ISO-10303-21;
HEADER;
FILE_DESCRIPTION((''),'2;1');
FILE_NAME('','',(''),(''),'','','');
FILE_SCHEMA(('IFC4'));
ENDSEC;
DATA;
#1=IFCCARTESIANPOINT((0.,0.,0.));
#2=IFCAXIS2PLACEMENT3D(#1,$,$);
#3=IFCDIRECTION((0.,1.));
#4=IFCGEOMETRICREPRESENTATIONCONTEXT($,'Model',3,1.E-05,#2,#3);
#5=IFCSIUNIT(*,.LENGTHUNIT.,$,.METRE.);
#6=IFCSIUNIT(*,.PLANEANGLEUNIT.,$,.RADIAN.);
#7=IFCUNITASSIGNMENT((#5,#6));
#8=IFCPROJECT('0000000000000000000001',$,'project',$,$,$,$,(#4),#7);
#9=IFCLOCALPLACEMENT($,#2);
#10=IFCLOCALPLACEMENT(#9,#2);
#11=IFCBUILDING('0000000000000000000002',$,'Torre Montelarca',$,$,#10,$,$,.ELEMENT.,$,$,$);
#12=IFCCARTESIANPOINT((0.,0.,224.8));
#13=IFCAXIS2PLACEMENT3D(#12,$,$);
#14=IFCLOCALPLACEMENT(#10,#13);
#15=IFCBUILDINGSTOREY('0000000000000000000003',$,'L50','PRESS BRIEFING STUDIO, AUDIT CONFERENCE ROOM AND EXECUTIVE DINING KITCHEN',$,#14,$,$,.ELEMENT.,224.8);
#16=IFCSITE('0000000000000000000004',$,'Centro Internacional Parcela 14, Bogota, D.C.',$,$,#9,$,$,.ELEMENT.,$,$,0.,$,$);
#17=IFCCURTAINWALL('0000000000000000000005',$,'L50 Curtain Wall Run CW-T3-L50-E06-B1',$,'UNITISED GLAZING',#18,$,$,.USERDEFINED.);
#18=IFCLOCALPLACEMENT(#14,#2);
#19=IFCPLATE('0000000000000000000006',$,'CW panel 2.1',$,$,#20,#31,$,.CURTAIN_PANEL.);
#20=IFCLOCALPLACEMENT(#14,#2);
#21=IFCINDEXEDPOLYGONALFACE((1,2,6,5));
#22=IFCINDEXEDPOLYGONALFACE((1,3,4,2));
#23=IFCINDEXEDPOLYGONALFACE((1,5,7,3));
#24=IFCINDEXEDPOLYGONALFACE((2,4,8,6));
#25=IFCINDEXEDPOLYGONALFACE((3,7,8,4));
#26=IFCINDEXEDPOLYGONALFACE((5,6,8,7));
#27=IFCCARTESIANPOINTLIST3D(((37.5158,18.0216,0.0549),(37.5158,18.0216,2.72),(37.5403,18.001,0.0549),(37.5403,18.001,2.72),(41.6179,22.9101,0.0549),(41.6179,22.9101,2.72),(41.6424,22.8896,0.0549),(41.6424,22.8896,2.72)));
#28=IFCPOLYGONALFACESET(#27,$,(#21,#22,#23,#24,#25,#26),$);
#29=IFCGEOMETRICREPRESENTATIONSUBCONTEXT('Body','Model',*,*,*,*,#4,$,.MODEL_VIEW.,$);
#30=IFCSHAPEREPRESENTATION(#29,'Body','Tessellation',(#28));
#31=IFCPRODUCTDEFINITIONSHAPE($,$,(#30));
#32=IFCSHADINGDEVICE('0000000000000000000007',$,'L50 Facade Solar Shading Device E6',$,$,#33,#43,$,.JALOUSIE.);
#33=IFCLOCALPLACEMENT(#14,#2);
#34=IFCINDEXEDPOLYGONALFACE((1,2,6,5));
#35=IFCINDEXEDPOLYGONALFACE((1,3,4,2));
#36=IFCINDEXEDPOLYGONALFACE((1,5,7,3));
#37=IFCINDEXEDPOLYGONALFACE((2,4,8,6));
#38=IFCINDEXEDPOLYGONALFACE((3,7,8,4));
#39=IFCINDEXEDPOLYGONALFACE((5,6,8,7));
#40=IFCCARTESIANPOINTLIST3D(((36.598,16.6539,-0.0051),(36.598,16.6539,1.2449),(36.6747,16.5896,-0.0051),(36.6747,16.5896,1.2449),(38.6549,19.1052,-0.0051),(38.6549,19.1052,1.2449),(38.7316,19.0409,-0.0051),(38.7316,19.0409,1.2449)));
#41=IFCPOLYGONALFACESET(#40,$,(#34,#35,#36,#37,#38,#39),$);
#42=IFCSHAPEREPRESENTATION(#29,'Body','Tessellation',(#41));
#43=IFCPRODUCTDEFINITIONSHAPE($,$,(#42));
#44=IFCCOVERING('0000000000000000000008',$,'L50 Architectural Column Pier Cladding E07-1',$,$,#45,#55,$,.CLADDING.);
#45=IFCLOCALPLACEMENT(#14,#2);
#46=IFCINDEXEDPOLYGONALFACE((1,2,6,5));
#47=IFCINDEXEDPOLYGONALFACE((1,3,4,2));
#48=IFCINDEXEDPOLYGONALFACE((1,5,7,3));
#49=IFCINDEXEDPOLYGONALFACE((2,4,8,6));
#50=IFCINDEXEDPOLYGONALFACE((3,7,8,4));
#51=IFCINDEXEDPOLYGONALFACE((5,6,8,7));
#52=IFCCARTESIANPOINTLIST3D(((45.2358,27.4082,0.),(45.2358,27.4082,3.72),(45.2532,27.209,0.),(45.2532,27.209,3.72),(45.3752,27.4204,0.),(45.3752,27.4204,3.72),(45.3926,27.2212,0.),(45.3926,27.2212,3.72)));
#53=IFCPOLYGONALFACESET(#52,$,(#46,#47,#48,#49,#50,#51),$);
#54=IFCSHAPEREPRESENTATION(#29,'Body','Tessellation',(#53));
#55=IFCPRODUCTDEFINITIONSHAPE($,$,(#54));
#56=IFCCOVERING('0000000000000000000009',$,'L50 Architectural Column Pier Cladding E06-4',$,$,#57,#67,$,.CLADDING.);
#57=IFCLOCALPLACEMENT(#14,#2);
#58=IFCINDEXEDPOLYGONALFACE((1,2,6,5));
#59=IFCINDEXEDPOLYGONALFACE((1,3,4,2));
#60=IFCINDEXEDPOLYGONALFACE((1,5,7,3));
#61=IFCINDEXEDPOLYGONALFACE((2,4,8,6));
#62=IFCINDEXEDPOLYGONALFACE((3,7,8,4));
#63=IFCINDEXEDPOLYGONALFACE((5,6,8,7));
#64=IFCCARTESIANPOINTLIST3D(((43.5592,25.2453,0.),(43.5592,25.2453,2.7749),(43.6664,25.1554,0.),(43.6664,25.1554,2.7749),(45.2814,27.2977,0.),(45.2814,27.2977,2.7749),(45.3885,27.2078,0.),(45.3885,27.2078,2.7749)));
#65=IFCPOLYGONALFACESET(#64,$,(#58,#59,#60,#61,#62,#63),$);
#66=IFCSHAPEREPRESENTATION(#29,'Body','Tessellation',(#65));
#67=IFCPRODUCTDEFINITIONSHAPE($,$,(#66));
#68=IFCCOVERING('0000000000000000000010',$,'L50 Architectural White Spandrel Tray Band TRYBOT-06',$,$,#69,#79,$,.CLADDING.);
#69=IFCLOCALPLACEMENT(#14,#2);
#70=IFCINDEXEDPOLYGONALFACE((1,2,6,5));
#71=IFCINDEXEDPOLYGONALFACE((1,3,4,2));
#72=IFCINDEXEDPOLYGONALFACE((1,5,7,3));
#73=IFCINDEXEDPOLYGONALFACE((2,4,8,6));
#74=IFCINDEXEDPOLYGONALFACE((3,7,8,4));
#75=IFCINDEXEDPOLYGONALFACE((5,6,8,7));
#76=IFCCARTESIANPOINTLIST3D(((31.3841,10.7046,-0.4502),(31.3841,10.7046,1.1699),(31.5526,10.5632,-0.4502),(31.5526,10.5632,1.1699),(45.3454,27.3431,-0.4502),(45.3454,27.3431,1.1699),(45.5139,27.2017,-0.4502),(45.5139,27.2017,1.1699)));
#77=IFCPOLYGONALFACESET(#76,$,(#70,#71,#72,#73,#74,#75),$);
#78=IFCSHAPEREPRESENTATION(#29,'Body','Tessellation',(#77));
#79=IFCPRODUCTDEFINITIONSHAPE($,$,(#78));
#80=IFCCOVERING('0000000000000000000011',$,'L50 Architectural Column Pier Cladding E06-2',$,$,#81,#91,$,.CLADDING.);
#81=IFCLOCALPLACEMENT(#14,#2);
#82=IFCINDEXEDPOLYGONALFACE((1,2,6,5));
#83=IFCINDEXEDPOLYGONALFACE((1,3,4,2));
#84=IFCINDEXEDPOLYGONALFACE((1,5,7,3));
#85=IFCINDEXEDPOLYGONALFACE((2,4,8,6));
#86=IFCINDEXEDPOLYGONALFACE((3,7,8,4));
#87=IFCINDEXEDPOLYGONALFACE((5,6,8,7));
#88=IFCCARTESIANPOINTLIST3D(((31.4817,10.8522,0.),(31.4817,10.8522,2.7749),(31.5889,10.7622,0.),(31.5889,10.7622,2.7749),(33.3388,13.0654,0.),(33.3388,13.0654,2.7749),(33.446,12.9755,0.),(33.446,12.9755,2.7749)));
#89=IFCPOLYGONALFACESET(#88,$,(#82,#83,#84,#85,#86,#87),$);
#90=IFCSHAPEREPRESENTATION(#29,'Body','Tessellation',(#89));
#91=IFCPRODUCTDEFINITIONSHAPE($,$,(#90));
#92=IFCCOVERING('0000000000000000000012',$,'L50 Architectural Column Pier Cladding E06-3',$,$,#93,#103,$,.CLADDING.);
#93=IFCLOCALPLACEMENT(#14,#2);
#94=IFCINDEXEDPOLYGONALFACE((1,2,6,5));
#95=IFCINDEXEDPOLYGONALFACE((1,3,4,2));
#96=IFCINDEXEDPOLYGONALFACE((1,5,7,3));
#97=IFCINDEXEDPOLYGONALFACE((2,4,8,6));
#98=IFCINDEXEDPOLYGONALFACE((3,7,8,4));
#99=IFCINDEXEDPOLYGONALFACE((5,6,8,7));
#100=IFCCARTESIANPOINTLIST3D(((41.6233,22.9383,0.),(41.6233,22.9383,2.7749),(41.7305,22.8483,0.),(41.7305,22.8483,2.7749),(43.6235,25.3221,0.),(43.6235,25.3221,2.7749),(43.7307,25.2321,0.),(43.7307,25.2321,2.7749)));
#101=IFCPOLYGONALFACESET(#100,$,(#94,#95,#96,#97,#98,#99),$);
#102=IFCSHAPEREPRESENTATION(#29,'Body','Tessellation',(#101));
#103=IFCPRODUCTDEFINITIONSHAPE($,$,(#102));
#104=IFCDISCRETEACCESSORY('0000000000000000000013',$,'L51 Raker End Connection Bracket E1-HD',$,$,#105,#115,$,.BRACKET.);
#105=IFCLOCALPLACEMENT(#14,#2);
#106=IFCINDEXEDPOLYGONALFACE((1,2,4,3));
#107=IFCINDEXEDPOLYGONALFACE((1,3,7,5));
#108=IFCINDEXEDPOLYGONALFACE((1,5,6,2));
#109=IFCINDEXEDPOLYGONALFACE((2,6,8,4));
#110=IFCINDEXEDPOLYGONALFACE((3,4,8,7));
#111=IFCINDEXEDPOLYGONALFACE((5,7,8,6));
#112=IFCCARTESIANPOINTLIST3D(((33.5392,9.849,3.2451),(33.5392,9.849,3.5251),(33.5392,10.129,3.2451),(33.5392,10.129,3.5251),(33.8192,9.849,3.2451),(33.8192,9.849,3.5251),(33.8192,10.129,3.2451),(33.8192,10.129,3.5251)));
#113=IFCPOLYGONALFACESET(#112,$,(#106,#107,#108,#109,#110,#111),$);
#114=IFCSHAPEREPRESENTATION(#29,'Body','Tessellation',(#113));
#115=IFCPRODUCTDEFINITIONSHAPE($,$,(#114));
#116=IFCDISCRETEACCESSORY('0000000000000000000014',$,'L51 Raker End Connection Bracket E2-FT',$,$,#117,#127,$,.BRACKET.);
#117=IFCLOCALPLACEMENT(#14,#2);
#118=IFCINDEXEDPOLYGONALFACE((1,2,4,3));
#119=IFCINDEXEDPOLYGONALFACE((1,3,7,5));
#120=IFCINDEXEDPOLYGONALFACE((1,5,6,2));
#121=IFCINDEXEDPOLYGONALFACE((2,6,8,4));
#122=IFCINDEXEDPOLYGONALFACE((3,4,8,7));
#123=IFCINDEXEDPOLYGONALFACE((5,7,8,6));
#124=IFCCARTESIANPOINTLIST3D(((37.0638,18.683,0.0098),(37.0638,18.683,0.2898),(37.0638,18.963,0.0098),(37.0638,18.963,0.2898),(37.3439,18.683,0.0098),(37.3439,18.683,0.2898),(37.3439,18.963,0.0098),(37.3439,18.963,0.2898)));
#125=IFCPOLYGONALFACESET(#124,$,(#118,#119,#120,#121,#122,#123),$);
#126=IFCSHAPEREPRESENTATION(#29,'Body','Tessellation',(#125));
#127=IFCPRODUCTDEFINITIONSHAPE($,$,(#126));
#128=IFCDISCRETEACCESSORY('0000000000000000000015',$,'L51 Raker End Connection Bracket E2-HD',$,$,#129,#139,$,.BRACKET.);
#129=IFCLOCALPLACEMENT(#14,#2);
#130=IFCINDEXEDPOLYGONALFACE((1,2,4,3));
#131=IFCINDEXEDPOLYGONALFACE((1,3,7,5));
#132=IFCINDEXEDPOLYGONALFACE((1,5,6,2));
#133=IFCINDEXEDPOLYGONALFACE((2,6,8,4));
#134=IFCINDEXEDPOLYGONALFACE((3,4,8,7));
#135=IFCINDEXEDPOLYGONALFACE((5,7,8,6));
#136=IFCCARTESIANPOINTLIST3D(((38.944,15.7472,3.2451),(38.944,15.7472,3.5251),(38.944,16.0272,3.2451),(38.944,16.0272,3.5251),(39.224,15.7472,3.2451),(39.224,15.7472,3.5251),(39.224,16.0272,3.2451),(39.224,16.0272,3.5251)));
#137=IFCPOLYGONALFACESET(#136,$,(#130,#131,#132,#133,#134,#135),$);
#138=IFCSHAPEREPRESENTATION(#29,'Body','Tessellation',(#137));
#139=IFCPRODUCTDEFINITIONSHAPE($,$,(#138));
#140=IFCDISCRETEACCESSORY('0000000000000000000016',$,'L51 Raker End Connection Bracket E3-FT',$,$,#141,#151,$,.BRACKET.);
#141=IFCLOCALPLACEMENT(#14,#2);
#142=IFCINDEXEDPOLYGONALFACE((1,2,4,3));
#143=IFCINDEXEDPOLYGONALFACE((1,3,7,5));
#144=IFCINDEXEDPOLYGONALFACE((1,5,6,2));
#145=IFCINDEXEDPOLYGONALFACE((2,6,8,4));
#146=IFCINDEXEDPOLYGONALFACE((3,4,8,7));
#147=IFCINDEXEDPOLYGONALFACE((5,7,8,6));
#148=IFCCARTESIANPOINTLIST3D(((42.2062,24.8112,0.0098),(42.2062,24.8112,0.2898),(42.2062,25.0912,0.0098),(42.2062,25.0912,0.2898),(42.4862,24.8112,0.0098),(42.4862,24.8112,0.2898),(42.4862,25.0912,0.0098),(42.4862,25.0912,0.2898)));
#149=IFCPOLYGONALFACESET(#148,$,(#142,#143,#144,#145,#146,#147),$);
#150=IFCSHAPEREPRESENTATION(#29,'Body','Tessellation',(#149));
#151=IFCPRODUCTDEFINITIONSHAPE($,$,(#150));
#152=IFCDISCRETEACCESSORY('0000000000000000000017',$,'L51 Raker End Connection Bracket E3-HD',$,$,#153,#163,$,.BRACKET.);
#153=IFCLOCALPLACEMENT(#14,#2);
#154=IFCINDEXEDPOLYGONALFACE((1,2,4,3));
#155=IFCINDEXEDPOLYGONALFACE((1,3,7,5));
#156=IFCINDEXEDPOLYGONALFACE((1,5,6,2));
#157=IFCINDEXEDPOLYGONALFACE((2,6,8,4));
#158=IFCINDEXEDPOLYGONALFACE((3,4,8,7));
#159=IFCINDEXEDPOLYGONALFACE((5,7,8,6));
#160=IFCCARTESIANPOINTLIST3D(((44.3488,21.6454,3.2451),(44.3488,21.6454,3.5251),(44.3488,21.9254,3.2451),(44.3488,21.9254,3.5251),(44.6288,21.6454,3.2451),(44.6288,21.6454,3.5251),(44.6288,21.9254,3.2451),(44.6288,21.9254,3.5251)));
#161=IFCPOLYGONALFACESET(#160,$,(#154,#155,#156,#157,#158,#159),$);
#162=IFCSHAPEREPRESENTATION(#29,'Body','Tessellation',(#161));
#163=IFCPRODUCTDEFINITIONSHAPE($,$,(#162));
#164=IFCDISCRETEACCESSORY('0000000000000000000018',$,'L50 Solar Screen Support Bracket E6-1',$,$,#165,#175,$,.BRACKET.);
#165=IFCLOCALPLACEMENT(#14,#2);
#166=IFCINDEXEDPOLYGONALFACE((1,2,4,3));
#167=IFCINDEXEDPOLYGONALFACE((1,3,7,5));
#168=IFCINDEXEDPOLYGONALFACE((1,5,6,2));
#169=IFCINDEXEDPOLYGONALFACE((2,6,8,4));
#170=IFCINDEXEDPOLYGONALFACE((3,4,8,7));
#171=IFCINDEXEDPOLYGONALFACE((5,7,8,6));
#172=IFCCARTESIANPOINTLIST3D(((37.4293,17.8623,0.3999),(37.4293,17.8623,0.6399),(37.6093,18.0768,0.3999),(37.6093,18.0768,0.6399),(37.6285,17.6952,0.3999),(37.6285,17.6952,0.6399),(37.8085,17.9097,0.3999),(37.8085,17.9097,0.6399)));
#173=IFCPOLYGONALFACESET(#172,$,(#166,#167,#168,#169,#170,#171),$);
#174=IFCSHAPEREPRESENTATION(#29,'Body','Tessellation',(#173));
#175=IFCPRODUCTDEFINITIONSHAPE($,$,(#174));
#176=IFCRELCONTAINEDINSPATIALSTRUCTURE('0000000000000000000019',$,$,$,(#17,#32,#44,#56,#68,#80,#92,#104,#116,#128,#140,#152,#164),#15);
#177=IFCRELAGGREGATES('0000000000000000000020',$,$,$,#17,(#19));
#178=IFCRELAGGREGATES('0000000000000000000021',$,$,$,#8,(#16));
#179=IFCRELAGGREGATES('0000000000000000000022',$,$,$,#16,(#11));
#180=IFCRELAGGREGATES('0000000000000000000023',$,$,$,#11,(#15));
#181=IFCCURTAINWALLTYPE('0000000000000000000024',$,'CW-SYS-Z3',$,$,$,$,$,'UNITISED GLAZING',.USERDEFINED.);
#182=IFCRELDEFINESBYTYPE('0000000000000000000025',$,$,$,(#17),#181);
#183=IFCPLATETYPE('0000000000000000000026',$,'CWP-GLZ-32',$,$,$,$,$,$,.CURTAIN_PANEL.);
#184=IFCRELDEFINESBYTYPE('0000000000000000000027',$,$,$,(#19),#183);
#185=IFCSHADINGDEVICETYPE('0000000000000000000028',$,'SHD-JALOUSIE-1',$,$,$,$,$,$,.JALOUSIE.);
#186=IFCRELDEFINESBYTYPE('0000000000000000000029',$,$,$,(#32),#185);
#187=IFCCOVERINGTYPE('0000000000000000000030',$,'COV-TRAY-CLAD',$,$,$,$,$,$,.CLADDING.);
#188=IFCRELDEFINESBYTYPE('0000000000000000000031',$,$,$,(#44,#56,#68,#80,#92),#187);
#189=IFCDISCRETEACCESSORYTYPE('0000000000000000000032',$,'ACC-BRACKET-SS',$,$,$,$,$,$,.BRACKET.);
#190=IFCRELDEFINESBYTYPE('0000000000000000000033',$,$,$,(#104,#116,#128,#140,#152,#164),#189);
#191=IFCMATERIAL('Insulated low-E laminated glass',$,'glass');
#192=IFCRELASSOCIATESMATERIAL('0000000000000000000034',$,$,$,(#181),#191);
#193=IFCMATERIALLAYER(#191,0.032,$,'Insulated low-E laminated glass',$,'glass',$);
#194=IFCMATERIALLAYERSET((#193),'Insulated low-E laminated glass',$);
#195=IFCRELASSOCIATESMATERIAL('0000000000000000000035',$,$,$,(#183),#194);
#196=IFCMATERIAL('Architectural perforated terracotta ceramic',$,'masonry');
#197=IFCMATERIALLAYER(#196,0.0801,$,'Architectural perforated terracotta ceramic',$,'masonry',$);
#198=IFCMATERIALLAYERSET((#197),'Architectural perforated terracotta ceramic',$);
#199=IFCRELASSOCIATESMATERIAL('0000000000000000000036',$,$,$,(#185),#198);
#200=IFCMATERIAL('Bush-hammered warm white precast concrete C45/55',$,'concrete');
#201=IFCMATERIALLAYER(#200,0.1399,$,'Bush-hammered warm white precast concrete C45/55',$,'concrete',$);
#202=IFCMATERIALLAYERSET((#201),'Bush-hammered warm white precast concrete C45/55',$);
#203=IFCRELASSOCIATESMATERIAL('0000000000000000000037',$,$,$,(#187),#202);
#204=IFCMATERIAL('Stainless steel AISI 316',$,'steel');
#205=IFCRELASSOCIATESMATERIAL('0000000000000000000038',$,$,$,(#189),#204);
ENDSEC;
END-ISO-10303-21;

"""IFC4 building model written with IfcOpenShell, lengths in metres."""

from ifc_helpers import new_model, si_unit, direction, frame, origin, origin_2d, place, context, subcontext, project, spatial, rectangle, extrude, source, transform, mapped, material, layer, layer_set, type_object, element, aggregate, save


model = new_model("IFC4")

# Units and contexts
model_context = context("Model", 3, precision=1e-05, world=origin(), true_north=direction((0.0, 1.0)))
body_context = subcontext(model_context, "Body", "Model", "MODEL_VIEW")
ifc_project = project(units=[si_unit("LENGTHUNIT", "METRE"), si_unit("PLANEANGLEUNIT", "RADIAN")], contexts=[model_context])

# Site, building, storey
site_placement = place(None, origin())
site = spatial("IfcSite", under=ifc_project, at=site_placement, Name="Centro Internacional Parcela 14, Bogota, D.C.", CompositionType="ELEMENT", RefElevation=0.0)
building_placement = place(site_placement, origin())
building = spatial("IfcBuilding", under=site, at=building_placement, Name="Torre Montelarca", CompositionType="ELEMENT")
storey_placement = place(building_placement, frame((0.0, 0.0, 224.8)))
storey = spatial("IfcBuildingStorey", under=building, at=storey_placement, Name="L50", Description="PRESS BRIEFING STUDIO, AUDIT CONFERENCE ROOM AND EXECUTIVE DINING KITCHEN", CompositionType="ELEMENT", Elevation=224.8)

# Curtain wall
ifc_material_1 = material(Name="Insulated low-E laminated glass", Category="glass")
curtain_wall_type = type_object("IfcCurtainWallType", Name="CW-SYS-Z3", ElementType="UNITISED GLAZING", PredefinedType="USERDEFINED", material=ifc_material_1)
curtain_wall_1_placement = place(storey_placement, origin())
curtain_wall_1 = element("IfcCurtainWall", 1, at=curtain_wall_1_placement, inside=storey, type_object=curtain_wall_type, Name="L50 Curtain Wall Run CW-T3-L50-E06-B1", ObjectType="UNITISED GLAZING", PredefinedType="USERDEFINED")

# Plate
ifc_material_2 = material(Name="Architectural perforated terracotta ceramic", Category="masonry")
ifc_layer_1 = layer(ifc_material_1, 0.032, Name="Insulated low-E laminated glass", Category="glass")
ifc_layer_set_1 = layer_set([ifc_layer_1], Name="Insulated low-E laminated glass")
plate_type_1 = type_object("IfcPlateType", Name="CWP-GLZ-32", PredefinedType="CURTAIN_PANEL", material=ifc_layer_set_1)
shared_shape_1 = source(origin(), body_context, "Body", "SweptSolid", [
    extrude(rectangle(XDim=6.3816, YDim=0.032, at=origin_2d()), origin(), (0.0, 0.0, 1.0), 2.665),
])
plate_1_placement = place(storey_placement, frame((39.5791, 20.4556, 0.0549), z_axis=(0.0, 0.0, 1.0), x_axis=(0.642791, 0.766041, 0.0)))
plate_1 = element("IfcPlate", 2, at=plate_1_placement, type_object=plate_type_1, Name="CW panel 2.1", PredefinedType="CURTAIN_PANEL", context=body_context, shape_type="MappedRepresentation", body=[
    mapped(shared_shape_1, transform((0.0, 0.0, 0.0), scale=1.0)),
])
aggregate(curtain_wall_1, [plate_1])

# Shading device
ifc_layer_2 = layer(ifc_material_2, 0.0801, Name="Architectural perforated terracotta ceramic", Category="masonry")
ifc_layer_set_2 = layer_set([ifc_layer_2], Name="Architectural perforated terracotta ceramic")
shading_device_type = type_object("IfcShadingDeviceType", Name="SHD-JALOUSIE-1", PredefinedType="JALOUSIE", material=ifc_layer_set_2)
shared_shape_2 = source(origin(), body_context, "Body", "SweptSolid", [
    extrude(rectangle(XDim=3.2, YDim=0.1001, at=origin_2d()), origin(), (0.0, 0.0, 1.0), 1.25),
])
shading_device_placement = place(storey_placement, frame((37.6648, 17.8474, -0.0051), z_axis=(0.0, 0.0, 1.0), x_axis=(0.642786, 0.766046, 0.0)))
element("IfcShadingDevice", 3, at=shading_device_placement, inside=storey, type_object=shading_device_type, Name="L50 Facade Solar Shading Device E6", PredefinedType="JALOUSIE", context=body_context, shape_type="MappedRepresentation", body=[
    mapped(shared_shape_2, transform((0.0, 0.0, 0.0), scale=1.0)),
])

# Coverings
ifc_material_3 = material(Name="Bush-hammered warm white precast concrete C45/55", Category="concrete")
ifc_layer_3 = layer(ifc_material_3, 0.1399, Name="Bush-hammered warm white precast concrete C45/55", Category="concrete")
ifc_layer_set_3 = layer_set([ifc_layer_3], Name="Bush-hammered warm white precast concrete C45/55")
covering_type = type_object("IfcCoveringType", Name="COV-TRAY-CLAD", PredefinedType="CLADDING", material=ifc_layer_set_3)
shared_shape_3 = source(origin(), body_context, "Body", "SweptSolid", [
    extrude(rectangle(XDim=0.2, YDim=0.1399, at=origin_2d()), origin(), (0.0, 0.0, 1.0), 3.72),
])
covering_1_placement = place(storey_placement, frame((45.3142, 27.3147, 0.0), z_axis=(0.0, 0.0, 1.0), x_axis=(-0.087177, 0.996193, 0.0)))
element("IfcCovering", 4, at=covering_1_placement, inside=storey, type_object=covering_type, Name="L50 Architectural Column Pier Cladding E07-1", PredefinedType="CLADDING", context=body_context, shape_type="MappedRepresentation", body=[
    mapped(shared_shape_3, transform((0.0, 0.0, 0.0), scale=1.0)),
])
shared_shape_4 = source(origin(), body_context, "Body", "SweptSolid", [
    extrude(rectangle(XDim=2.6792, YDim=0.1399, at=origin_2d()), origin(), (0.0, 0.0, 1.0), 2.7749),
])
covering_2_placement = place(storey_placement, frame((44.4739, 26.2266, 0.0), z_axis=(0.0, 0.0, 1.0), x_axis=(0.642788, 0.766044, 0.0)))
element("IfcCovering", 5, at=covering_2_placement, inside=storey, type_object=covering_type, Name="L50 Architectural Column Pier Cladding E06-4", PredefinedType="CLADDING", context=body_context, shape_type="MappedRepresentation", body=[
    mapped(shared_shape_4, transform((0.0, 0.0, 0.0), scale=1.0)),
])
shared_shape_5 = source(origin(), body_context, "Body", "SweptSolid", [
    extrude(rectangle(XDim=21.72, YDim=0.22, at=origin_2d()), origin(), (0.0, 0.0, 1.0), 1.6201),
])
covering_3_placement = place(storey_placement, frame((38.449, 18.9531, -0.4502), z_axis=(0.0, 0.0, 1.0), x_axis=(0.642786, 0.766046, 0.0)))
element("IfcCovering", 6, at=covering_3_placement, inside=storey, type_object=covering_type, Name="L50 Architectural White Spandrel Tray Band TRYBOT-06", PredefinedType="CLADDING", context=body_context, shape_type="MappedRepresentation", body=[
    mapped(shared_shape_5, transform((0.0, 0.0, 0.0), scale=1.0)),
])
shared_shape_6 = source(origin(), body_context, "Body", "SweptSolid", [
    extrude(rectangle(XDim=2.8892, YDim=0.1399, at=origin_2d()), origin(), (0.0, 0.0, 1.0), 2.7749),
])
covering_4_placement = place(storey_placement, frame((32.4639, 11.9138, 0.0), z_axis=(0.0, 0.0, 1.0), x_axis=(0.642788, 0.766044, 0.0)))
element("IfcCovering", 7, at=covering_4_placement, inside=storey, type_object=covering_type, Name="L50 Architectural Column Pier Cladding E06-2", PredefinedType="CLADDING", context=body_context, shape_type="MappedRepresentation", body=[
    mapped(shared_shape_6, transform((0.0, 0.0, 0.0), scale=1.0)),
])
shared_shape_7 = source(origin(), body_context, "Body", "SweptSolid", [
    extrude(rectangle(XDim=3.1118, YDim=0.1399, at=origin_2d()), origin(), (0.0, 0.0, 1.0), 2.7749),
])
covering_5_placement = place(storey_placement, frame((42.677, 24.0852, 0.0), z_axis=(0.0, 0.0, 1.0), x_axis=(0.642788, 0.766044, 0.0)))
element("IfcCovering", 8, at=covering_5_placement, inside=storey, type_object=covering_type, Name="L50 Architectural Column Pier Cladding E06-3", PredefinedType="CLADDING", context=body_context, shape_type="MappedRepresentation", body=[
    mapped(shared_shape_7, transform((0.0, 0.0, 0.0), scale=1.0)),
])

# Discrete accessories
ifc_material_4 = material(Name="Stainless steel AISI 316", Category="steel")
discrete_accessory_type = type_object("IfcDiscreteAccessoryType", Name="ACC-BRACKET-SS", PredefinedType="BRACKET", material=ifc_material_4)
shared_shape_8 = source(origin(), body_context, "Body", "SweptSolid", [
    extrude(rectangle(XDim=0.28, YDim=0.28, at=origin_2d()), origin(), (0.0, 0.0, 1.0), 0.28),
])
for number, where, z_axis, x_axis, name in (
    (9, (33.6792, 9.989, 3.2451), (0.0, 0.0, 1.0), (1.0, 0.0, 0.0), "L51 Raker End Connection Bracket E1-HD"),
    (10, (37.2039, 18.823, 0.0098), (0.0, 0.0, 1.0), (1.0, 0.0, 0.0), "L51 Raker End Connection Bracket E2-FT"),
    (11, (39.084, 15.8872, 3.2451), (0.0, 0.0, 1.0), (1.0, 0.0, 0.0), "L51 Raker End Connection Bracket E2-HD"),
    (12, (42.3462, 24.9512, 0.0098), (0.0, 0.0, 1.0), (1.0, 0.0, 0.0), "L51 Raker End Connection Bracket E3-FT"),
    (13, (44.4888, 21.7854, 3.2451), (0.0, 0.0, 1.0), (1.0, 0.0, 0.0), "L51 Raker End Connection Bracket E3-HD"),
):
    element("IfcDiscreteAccessory", number, at=place(storey_placement, frame(where, z_axis=z_axis, x_axis=x_axis)), inside=storey, type_object=discrete_accessory_type, Name=name, PredefinedType="BRACKET", context=body_context, shape_type="MappedRepresentation", body=[
        mapped(shared_shape_8, transform((0.0, 0.0, 0.0), scale=1.0)),
    ])
shared_shape_9 = source(origin(), body_context, "Body", "SweptSolid", [
    extrude(rectangle(XDim=0.28, YDim=0.26, at=origin_2d()), origin(), (0.0, 0.0, 1.0), 0.24),
])
discrete_accessory_placement = place(storey_placement, frame((37.6189, 17.886, 0.3999), z_axis=(0.0, 0.0, 1.0), x_axis=(0.642786, 0.766046, 0.0)))
element("IfcDiscreteAccessory", 14, at=discrete_accessory_placement, inside=storey, type_object=discrete_accessory_type, Name="L50 Solar Screen Support Bracket E6-1", PredefinedType="BRACKET", context=body_context, shape_type="MappedRepresentation", body=[
    mapped(shared_shape_9, transform((0.0, 0.0, 0.0), scale=1.0)),
])

save(model, "model.ifc")
